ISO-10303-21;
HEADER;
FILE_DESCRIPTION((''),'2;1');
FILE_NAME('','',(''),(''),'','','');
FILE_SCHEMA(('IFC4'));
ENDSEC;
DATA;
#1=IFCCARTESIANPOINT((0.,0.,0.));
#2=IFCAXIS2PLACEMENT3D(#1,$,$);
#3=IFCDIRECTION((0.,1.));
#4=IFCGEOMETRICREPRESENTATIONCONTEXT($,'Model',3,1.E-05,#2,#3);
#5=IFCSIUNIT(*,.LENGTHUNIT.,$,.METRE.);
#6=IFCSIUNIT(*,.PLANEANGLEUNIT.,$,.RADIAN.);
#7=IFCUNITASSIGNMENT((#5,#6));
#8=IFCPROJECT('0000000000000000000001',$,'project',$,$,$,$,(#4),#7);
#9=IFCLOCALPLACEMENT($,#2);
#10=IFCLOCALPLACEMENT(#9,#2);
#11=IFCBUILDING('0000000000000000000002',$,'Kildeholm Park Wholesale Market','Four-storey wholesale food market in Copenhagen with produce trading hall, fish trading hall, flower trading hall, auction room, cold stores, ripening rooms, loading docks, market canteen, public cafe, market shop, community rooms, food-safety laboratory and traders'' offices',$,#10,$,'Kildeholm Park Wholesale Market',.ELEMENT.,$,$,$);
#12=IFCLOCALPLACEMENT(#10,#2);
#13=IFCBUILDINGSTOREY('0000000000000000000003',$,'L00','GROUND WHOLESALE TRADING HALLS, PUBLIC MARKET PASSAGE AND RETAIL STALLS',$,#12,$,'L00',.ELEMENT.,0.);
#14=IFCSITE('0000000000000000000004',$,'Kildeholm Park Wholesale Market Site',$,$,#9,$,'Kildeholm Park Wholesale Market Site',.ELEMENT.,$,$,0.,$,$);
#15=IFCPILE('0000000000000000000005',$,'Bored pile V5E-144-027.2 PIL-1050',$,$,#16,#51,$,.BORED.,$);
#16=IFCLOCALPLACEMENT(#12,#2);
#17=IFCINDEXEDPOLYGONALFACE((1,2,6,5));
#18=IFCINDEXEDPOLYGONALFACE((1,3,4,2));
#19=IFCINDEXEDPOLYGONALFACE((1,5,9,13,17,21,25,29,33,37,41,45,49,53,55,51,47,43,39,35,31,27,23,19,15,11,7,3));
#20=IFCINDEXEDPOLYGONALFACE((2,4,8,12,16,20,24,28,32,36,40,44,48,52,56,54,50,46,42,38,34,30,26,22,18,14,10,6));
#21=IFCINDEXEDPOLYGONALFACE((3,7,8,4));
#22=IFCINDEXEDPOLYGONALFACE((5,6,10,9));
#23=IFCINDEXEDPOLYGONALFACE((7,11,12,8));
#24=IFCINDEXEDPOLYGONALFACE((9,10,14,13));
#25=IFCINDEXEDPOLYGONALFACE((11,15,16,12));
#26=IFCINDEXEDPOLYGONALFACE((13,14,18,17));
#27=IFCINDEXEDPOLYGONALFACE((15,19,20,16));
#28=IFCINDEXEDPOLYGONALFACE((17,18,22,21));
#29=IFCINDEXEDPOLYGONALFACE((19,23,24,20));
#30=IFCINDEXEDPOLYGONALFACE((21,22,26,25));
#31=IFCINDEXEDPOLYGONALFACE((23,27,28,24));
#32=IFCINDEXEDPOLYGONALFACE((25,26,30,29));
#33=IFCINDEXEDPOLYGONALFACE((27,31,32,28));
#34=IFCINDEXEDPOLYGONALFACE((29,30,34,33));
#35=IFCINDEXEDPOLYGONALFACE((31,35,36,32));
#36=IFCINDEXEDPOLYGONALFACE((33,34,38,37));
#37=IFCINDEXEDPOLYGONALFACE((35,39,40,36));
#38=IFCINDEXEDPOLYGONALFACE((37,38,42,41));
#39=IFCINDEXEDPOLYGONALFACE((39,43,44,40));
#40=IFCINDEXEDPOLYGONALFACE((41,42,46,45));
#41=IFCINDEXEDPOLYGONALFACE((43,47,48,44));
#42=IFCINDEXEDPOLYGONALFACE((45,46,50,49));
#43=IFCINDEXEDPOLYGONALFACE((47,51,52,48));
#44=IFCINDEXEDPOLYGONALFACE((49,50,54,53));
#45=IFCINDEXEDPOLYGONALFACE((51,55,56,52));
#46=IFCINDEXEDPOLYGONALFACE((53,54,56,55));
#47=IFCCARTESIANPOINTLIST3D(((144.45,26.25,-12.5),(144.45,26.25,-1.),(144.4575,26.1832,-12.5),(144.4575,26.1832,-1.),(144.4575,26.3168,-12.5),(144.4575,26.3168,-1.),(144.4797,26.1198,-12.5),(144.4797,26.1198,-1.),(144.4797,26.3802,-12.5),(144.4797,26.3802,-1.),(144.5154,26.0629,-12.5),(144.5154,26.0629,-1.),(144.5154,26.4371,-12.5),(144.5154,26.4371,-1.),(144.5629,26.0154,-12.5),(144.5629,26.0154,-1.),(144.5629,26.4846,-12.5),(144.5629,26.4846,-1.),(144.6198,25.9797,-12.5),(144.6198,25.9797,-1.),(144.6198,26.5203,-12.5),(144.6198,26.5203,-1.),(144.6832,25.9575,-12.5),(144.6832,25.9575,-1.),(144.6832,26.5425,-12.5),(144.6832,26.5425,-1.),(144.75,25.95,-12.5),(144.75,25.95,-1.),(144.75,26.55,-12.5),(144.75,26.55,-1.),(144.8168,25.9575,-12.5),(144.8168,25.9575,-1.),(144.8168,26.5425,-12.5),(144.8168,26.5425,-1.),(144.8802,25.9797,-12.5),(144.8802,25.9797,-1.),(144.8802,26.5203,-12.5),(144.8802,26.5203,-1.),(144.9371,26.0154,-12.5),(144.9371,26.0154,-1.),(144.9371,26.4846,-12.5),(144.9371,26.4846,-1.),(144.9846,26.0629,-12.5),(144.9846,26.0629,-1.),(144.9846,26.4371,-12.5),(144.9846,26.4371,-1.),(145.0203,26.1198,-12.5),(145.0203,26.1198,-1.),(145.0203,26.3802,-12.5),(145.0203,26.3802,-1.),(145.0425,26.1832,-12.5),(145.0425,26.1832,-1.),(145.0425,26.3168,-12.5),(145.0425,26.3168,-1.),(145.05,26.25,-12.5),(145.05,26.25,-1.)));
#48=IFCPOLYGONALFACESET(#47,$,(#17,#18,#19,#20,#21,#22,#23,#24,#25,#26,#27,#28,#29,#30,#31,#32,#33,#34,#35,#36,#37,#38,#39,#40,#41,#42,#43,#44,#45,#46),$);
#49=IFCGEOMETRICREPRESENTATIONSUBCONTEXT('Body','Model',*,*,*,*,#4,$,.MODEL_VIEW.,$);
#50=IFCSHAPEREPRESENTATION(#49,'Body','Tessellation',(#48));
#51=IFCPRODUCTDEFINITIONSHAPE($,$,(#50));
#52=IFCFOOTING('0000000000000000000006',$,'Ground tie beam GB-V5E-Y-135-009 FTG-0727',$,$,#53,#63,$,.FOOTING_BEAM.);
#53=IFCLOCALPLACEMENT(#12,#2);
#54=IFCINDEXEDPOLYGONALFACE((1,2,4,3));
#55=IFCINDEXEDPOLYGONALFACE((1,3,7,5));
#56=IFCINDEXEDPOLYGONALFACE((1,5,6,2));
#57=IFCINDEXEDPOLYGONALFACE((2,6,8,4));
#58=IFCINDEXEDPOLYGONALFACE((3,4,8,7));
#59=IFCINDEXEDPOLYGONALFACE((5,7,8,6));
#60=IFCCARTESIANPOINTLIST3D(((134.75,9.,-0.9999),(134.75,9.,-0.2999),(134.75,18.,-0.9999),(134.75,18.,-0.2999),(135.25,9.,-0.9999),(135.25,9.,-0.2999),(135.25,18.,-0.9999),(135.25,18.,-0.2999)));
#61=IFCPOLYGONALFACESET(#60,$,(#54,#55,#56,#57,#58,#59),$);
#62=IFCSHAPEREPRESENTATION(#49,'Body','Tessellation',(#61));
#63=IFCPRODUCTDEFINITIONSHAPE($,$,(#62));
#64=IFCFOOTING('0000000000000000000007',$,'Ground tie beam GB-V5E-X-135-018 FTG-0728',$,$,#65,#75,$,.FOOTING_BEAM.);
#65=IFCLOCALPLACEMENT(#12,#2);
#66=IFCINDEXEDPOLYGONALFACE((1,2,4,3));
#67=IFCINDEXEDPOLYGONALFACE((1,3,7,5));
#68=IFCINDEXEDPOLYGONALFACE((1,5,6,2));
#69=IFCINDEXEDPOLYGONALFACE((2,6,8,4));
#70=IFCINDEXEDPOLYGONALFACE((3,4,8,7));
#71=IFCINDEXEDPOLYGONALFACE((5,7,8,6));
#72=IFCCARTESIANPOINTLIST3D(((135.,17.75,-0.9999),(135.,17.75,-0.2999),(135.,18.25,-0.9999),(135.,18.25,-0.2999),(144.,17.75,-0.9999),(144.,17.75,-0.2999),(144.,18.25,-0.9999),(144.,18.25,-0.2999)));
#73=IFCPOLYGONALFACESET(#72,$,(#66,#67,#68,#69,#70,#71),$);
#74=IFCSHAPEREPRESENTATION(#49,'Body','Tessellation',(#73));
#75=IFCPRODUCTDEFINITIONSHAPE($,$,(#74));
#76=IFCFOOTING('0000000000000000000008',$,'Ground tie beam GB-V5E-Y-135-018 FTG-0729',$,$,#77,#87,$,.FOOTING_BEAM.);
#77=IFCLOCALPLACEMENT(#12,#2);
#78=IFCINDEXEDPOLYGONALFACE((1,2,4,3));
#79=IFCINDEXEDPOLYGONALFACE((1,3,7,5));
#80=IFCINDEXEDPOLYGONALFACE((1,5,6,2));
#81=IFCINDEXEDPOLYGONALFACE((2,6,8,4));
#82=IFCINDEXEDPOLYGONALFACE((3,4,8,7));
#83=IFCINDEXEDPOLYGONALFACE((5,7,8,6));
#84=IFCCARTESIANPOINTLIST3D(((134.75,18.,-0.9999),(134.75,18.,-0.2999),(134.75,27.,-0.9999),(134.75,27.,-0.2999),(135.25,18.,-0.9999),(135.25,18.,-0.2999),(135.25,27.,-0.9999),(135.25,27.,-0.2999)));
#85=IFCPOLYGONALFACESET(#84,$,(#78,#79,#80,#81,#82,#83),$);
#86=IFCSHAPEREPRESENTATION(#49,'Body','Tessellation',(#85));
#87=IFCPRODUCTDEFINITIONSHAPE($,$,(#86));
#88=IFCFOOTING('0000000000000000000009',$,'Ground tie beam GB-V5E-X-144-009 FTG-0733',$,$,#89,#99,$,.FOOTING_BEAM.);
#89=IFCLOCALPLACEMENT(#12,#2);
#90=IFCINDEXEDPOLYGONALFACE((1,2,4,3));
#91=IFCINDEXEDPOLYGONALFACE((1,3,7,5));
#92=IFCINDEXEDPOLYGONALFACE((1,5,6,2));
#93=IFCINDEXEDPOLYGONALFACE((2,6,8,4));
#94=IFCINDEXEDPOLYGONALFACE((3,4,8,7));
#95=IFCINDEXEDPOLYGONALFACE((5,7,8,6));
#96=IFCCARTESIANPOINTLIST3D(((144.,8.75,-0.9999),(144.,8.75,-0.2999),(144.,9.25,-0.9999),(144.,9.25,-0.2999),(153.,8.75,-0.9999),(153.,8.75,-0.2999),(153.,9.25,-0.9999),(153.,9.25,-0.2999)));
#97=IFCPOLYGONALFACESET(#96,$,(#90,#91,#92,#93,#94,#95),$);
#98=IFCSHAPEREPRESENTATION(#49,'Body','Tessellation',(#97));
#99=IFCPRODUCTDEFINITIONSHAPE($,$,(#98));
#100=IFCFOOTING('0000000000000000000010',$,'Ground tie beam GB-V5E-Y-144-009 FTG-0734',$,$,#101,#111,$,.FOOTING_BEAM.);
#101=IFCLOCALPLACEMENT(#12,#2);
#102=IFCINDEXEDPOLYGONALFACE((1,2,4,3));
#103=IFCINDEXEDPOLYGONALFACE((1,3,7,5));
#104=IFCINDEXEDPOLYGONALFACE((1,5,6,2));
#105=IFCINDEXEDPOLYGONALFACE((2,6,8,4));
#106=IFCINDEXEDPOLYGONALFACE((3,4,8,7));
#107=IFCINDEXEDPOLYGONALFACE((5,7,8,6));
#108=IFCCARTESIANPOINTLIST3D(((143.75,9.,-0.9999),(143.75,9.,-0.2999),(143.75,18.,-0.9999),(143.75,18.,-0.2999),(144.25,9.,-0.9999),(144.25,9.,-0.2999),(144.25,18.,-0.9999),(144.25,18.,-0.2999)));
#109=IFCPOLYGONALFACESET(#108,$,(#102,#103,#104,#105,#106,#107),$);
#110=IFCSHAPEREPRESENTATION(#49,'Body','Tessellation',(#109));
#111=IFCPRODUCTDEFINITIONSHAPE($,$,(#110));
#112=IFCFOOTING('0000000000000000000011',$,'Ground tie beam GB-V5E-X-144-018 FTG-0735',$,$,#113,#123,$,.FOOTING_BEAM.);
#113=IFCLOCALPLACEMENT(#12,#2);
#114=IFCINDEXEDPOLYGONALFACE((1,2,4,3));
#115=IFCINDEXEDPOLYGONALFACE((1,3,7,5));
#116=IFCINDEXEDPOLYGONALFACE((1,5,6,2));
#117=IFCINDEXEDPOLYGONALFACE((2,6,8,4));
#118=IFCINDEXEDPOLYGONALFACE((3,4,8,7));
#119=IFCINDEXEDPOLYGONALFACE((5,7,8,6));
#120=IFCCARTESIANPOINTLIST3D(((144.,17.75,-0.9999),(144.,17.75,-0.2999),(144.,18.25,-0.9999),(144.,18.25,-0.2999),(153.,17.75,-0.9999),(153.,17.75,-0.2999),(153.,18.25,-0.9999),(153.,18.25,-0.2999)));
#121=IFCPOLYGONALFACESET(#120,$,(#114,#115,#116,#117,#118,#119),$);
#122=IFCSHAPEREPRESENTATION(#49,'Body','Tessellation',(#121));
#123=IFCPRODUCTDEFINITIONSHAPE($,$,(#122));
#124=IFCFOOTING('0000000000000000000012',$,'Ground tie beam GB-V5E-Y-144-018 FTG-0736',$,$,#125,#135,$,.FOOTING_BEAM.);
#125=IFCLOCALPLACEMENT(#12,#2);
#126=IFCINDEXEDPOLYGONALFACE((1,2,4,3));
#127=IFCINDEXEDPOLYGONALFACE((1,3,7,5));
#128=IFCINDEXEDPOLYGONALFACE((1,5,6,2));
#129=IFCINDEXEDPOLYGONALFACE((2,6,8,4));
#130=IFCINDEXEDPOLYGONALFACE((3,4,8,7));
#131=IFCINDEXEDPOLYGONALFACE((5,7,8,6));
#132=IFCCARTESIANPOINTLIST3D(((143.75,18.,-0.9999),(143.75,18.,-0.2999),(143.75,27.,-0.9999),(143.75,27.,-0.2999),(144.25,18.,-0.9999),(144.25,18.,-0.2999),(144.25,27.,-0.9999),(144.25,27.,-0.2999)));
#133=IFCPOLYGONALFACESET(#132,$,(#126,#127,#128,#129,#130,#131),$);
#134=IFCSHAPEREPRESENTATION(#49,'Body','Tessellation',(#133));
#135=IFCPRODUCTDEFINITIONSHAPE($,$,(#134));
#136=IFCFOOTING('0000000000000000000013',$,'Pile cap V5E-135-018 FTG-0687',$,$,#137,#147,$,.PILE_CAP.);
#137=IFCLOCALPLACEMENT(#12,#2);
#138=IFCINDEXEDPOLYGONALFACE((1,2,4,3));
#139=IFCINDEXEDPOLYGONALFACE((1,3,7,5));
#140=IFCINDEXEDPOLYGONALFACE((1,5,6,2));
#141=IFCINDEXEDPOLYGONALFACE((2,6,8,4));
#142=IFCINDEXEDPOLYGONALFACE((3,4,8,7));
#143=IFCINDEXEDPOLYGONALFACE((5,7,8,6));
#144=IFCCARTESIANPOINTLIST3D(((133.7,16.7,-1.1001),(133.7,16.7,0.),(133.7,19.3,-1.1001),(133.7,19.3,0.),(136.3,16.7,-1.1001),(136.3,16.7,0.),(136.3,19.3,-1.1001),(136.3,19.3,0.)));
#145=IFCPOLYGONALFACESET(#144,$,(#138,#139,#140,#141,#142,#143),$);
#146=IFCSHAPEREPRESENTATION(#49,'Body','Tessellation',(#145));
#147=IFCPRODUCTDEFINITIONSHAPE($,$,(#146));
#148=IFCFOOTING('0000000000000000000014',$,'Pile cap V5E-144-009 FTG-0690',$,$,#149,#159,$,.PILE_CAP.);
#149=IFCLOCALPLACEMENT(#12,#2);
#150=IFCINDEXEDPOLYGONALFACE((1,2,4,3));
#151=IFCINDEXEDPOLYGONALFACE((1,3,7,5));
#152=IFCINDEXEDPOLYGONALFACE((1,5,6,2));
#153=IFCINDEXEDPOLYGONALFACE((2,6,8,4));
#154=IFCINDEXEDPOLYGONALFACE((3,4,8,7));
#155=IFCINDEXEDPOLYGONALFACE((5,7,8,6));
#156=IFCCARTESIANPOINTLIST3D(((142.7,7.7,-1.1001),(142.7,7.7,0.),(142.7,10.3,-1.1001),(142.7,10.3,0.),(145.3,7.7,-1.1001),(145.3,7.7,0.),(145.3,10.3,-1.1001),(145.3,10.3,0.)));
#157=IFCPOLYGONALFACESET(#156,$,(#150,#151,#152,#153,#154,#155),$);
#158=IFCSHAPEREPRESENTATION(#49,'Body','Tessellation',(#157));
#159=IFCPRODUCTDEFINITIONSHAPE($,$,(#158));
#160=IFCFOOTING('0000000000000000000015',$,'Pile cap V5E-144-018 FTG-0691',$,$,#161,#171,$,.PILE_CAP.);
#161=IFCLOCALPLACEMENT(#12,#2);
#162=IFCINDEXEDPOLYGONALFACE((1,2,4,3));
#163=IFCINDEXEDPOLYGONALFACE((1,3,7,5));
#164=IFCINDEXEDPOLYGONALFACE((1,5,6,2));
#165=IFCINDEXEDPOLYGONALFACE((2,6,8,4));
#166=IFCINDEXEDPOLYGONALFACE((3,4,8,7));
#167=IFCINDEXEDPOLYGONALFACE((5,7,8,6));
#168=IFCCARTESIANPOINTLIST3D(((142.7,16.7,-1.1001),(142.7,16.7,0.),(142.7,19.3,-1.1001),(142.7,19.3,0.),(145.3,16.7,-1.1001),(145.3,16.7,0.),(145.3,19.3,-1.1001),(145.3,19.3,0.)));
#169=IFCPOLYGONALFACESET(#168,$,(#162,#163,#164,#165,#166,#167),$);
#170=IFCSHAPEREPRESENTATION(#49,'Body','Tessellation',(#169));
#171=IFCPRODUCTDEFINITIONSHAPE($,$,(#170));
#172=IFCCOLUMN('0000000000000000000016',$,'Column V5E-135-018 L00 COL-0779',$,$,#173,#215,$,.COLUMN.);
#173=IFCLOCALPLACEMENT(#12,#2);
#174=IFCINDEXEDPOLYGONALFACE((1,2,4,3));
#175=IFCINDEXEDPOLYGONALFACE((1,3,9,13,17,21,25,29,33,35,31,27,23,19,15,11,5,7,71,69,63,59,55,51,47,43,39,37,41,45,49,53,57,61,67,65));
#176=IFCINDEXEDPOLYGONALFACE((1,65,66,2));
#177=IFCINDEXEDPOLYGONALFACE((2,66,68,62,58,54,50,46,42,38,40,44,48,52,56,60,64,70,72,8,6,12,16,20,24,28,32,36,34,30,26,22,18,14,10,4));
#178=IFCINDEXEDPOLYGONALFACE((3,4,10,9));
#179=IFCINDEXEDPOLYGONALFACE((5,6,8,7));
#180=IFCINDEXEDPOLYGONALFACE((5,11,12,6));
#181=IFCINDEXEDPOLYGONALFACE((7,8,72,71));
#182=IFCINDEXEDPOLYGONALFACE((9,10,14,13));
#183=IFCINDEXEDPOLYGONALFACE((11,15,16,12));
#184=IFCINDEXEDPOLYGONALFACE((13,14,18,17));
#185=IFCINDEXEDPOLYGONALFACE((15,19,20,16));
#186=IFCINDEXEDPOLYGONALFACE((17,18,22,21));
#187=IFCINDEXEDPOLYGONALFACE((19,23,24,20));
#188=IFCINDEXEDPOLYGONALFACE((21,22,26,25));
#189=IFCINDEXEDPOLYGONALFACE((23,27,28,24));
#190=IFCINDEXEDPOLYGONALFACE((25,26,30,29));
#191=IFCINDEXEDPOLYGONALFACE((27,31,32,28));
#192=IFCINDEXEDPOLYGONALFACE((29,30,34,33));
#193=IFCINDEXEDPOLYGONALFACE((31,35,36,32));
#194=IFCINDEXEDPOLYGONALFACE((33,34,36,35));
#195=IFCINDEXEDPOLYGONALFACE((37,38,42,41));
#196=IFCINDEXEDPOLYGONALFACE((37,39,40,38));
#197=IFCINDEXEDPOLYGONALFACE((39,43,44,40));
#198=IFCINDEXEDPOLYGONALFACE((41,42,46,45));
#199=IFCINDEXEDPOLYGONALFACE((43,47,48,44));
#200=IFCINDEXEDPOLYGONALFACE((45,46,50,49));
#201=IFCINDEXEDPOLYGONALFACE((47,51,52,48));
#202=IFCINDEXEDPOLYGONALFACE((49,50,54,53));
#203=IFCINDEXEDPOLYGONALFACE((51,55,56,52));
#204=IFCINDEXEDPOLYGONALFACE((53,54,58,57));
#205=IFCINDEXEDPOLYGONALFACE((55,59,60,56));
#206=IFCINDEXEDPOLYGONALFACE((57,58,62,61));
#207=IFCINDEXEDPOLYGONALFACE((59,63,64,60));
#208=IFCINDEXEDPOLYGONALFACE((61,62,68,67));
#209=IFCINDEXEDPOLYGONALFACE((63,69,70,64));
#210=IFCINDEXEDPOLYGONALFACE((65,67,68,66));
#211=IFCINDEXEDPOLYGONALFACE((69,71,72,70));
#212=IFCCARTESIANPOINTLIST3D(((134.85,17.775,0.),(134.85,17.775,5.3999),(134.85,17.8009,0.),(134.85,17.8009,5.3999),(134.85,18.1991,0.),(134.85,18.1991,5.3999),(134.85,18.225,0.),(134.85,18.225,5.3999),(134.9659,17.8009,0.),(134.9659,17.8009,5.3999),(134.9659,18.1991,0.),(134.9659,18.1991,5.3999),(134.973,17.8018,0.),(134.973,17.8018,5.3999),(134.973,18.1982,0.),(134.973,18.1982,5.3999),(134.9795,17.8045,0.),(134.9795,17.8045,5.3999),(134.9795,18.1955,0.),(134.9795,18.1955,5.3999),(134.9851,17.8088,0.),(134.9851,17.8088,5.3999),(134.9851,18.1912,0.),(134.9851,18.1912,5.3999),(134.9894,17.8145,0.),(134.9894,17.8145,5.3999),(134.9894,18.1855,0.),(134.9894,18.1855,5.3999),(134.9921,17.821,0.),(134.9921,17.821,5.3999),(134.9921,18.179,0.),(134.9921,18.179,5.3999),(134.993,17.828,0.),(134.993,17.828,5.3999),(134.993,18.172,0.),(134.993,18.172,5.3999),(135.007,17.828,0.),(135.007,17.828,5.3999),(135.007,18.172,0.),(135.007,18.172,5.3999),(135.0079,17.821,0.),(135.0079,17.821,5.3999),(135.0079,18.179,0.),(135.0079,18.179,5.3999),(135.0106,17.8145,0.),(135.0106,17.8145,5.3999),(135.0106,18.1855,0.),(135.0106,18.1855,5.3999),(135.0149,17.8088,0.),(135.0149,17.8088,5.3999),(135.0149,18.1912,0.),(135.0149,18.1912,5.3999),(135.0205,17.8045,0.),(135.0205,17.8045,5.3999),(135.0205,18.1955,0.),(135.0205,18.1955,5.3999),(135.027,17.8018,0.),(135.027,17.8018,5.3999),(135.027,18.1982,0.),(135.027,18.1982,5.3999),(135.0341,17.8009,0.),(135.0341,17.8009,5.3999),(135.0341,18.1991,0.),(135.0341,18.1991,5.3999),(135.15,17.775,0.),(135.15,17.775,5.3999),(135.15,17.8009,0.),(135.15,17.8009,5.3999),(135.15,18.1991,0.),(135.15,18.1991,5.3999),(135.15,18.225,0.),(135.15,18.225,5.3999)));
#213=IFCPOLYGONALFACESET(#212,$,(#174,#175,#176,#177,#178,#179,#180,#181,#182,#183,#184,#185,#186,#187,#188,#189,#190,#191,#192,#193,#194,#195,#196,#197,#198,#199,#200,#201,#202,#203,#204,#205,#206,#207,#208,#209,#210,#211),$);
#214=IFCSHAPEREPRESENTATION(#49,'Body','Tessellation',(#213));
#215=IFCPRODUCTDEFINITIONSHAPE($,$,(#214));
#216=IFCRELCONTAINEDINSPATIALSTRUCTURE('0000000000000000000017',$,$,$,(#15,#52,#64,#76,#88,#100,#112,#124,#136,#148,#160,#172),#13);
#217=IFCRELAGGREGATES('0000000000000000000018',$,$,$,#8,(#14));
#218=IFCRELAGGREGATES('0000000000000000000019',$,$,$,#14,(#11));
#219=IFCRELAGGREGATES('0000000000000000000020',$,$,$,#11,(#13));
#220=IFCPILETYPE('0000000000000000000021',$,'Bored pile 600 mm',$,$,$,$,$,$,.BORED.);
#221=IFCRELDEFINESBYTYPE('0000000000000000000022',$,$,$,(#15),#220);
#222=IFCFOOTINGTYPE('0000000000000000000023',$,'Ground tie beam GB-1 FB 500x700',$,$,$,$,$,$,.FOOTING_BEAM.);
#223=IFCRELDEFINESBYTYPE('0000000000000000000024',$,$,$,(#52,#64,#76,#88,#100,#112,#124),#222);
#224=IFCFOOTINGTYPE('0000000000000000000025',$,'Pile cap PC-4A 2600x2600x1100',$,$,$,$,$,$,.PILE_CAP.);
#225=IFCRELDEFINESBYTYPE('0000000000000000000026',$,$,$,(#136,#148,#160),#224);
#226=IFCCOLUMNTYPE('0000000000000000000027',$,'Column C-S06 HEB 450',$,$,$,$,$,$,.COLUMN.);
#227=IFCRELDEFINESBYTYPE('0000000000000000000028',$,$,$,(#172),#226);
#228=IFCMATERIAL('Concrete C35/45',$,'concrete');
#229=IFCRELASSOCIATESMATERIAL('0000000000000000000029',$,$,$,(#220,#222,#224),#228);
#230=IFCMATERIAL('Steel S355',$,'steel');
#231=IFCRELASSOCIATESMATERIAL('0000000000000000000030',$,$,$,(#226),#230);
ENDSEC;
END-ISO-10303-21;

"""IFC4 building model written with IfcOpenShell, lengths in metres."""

from ifc_helpers import new_model, si_unit, direction, frame, origin, origin_2d, place, context, subcontext, project, spatial, rectangle, circle, i_section, extrude, material, material_profile, profile_set, type_object, element, save


model = new_model("IFC4")

# Units and contexts
model_context = context("Model", 3, precision=1e-05, world=origin(), true_north=direction((0.0, 1.0)))
body_context = subcontext(model_context, "Body", "Model", "MODEL_VIEW")
ifc_project = project(units=[si_unit("LENGTHUNIT", "METRE"), si_unit("PLANEANGLEUNIT", "RADIAN")], contexts=[model_context])

# Site, building, storey
site_placement = place(None, origin())
site = spatial("IfcSite", under=ifc_project, at=site_placement, Name="Kildeholm Park Wholesale Market Site", LongName="Kildeholm Park Wholesale Market Site", CompositionType="ELEMENT", RefElevation=0.0)
building_placement = place(site_placement, origin())
building = spatial("IfcBuilding", under=site, at=building_placement, Name="Kildeholm Park Wholesale Market", Description="Four-storey wholesale food market in Copenhagen with produce trading hall, fish trading hall, flower trading hall, auction room, cold stores, ripening rooms, loading docks, market canteen, public cafe, market shop, community rooms, food-safety laboratory and traders' offices", LongName="Kildeholm Park Wholesale Market", CompositionType="ELEMENT")
storey_placement = place(building_placement, origin())
storey = spatial("IfcBuildingStorey", under=building, at=storey_placement, Name="L00", Description="GROUND WHOLESALE TRADING HALLS, PUBLIC MARKET PASSAGE AND RETAIL STALLS", LongName="L00", CompositionType="ELEMENT", Elevation=0.0)

# Pile
ifc_material_1 = material(Name="Concrete C35/45", Category="concrete")
ifc_material_profile_1 = material_profile(ifc_material_1, circle(Radius=0.3, at=origin_2d()), Name="PILE D600")
ifc_profile_set_1 = profile_set([ifc_material_profile_1], Name="Concrete C35/45")
pile_type = type_object("IfcPileType", Name="Bored pile 600 mm", PredefinedType="BORED", material=ifc_profile_set_1)
for number, where, z_axis, x_axis, name in (
    (1, (144.75, 26.25, -1.0), (0.0, 0.0, -1.0), (1.0, 0.0, 0.0), "Bored pile V5E-144-027.2 PIL-1050"),
):
    element("IfcPile", number, at=place(storey_placement, frame(where, z_axis=z_axis, x_axis=x_axis)), inside=storey, type_object=pile_type, Name=name, PredefinedType="BORED", context=body_context, shape_type="SweptSolid", body=[
        extrude(circle(Radius=0.3, at=origin_2d()), origin(), (0.0, 0.0, 1.0), 11.5),
    ])

# Footings
ifc_material_profile_2 = material_profile(ifc_material_1, rectangle(XDim=0.5, YDim=0.7, at=origin_2d()), Name="FB 500x700")
ifc_profile_set_2 = profile_set([ifc_material_profile_2], Name="Concrete C35/45")
footing_type_1 = type_object("IfcFootingType", Name="Ground tie beam GB-1 FB 500x700", PredefinedType="FOOTING_BEAM", material=ifc_profile_set_2)
for number, where, z_axis, x_axis, name in (
    (2, (135.0, 9.0, -0.6499), (0.0, 1.0, 0.0), (-1.0, 0.0, 0.0), "Ground tie beam GB-V5E-Y-135-009 FTG-0727"),
    (3, (135.0, 18.0, -0.6499), (1.0, 0.0, 0.0), (0.0, 1.0, 0.0), "Ground tie beam GB-V5E-X-135-018 FTG-0728"),
    (4, (135.0, 18.0, -0.6499), (0.0, 1.0, 0.0), (-1.0, 0.0, 0.0), "Ground tie beam GB-V5E-Y-135-018 FTG-0729"),
    (5, (144.0, 9.0, -0.6499), (1.0, 0.0, 0.0), (0.0, 1.0, 0.0), "Ground tie beam GB-V5E-X-144-009 FTG-0733"),
    (6, (144.0, 9.0, -0.6499), (0.0, 1.0, 0.0), (-1.0, 0.0, 0.0), "Ground tie beam GB-V5E-Y-144-009 FTG-0734"),
    (7, (144.0, 18.0, -0.6499), (1.0, 0.0, 0.0), (0.0, 1.0, 0.0), "Ground tie beam GB-V5E-X-144-018 FTG-0735"),
    (8, (144.0, 18.0, -0.6499), (0.0, 1.0, 0.0), (-1.0, 0.0, 0.0), "Ground tie beam GB-V5E-Y-144-018 FTG-0736"),
):
    element("IfcFooting", number, at=place(storey_placement, frame(where, z_axis=z_axis, x_axis=x_axis)), inside=storey, type_object=footing_type_1, Name=name, PredefinedType="FOOTING_BEAM", context=body_context, shape_type="SweptSolid", body=[
        extrude(rectangle(XDim=0.5, YDim=0.7, at=origin_2d()), origin(), (0.0, 0.0, 1.0), 9.0),
    ])
footing_type_2 = type_object("IfcFootingType", Name="Pile cap PC-4A 2600x2600x1100", PredefinedType="PILE_CAP", material=ifc_material_1)
for number, where, z_axis, x_axis, name in (
    (9, (135.0, 18.0, -1.1001), (0.0, 0.0, 1.0), (1.0, 0.0, 0.0), "Pile cap V5E-135-018 FTG-0687"),
    (10, (144.0, 9.0, -1.1001), (0.0, 0.0, 1.0), (1.0, 0.0, 0.0), "Pile cap V5E-144-009 FTG-0690"),
    (11, (144.0, 18.0, -1.1001), (0.0, 0.0, 1.0), (1.0, 0.0, 0.0), "Pile cap V5E-144-018 FTG-0691"),
):
    element("IfcFooting", number, at=place(storey_placement, frame(where, z_axis=z_axis, x_axis=x_axis)), inside=storey, type_object=footing_type_2, Name=name, PredefinedType="PILE_CAP", context=body_context, shape_type="SweptSolid", body=[
        extrude(rectangle(XDim=2.6001, YDim=2.6001, at=origin_2d()), origin(), (0.0, 0.0, 1.0), 1.1001),
    ])

# Column
ifc_material_2 = material(Name="Steel S355", Category="steel")
ifc_material_profile_3 = material_profile(ifc_material_2, i_section(OverallWidth=0.3, OverallDepth=0.45, WebThickness=0.0139, FlangeThickness=0.0259, FilletRadius=0.0271, at=origin_2d()), Name="HEB 450")
ifc_profile_set_3 = profile_set([ifc_material_profile_3], Name="Steel S355")
column_type = type_object("IfcColumnType", Name="Column C-S06 HEB 450", PredefinedType="COLUMN", material=ifc_profile_set_3)
for number, where, z_axis, x_axis, name in (
    (12, (135.0, 18.0, 0.0), (0.0, 0.0, 1.0), (1.0, 0.0, 0.0), "Column V5E-135-018 L00 COL-0779"),
):
    element("IfcColumn", number, at=place(storey_placement, frame(where, z_axis=z_axis, x_axis=x_axis)), inside=storey, type_object=column_type, Name=name, PredefinedType="COLUMN", context=body_context, shape_type="SweptSolid", body=[
        extrude(i_section(OverallWidth=0.3, OverallDepth=0.45, WebThickness=0.0139, FlangeThickness=0.0259, FilletRadius=0.0271, at=origin_2d()), origin(), (0.0, 0.0, 1.0), 5.3999),
    ])

save(model, "model.ifc")
